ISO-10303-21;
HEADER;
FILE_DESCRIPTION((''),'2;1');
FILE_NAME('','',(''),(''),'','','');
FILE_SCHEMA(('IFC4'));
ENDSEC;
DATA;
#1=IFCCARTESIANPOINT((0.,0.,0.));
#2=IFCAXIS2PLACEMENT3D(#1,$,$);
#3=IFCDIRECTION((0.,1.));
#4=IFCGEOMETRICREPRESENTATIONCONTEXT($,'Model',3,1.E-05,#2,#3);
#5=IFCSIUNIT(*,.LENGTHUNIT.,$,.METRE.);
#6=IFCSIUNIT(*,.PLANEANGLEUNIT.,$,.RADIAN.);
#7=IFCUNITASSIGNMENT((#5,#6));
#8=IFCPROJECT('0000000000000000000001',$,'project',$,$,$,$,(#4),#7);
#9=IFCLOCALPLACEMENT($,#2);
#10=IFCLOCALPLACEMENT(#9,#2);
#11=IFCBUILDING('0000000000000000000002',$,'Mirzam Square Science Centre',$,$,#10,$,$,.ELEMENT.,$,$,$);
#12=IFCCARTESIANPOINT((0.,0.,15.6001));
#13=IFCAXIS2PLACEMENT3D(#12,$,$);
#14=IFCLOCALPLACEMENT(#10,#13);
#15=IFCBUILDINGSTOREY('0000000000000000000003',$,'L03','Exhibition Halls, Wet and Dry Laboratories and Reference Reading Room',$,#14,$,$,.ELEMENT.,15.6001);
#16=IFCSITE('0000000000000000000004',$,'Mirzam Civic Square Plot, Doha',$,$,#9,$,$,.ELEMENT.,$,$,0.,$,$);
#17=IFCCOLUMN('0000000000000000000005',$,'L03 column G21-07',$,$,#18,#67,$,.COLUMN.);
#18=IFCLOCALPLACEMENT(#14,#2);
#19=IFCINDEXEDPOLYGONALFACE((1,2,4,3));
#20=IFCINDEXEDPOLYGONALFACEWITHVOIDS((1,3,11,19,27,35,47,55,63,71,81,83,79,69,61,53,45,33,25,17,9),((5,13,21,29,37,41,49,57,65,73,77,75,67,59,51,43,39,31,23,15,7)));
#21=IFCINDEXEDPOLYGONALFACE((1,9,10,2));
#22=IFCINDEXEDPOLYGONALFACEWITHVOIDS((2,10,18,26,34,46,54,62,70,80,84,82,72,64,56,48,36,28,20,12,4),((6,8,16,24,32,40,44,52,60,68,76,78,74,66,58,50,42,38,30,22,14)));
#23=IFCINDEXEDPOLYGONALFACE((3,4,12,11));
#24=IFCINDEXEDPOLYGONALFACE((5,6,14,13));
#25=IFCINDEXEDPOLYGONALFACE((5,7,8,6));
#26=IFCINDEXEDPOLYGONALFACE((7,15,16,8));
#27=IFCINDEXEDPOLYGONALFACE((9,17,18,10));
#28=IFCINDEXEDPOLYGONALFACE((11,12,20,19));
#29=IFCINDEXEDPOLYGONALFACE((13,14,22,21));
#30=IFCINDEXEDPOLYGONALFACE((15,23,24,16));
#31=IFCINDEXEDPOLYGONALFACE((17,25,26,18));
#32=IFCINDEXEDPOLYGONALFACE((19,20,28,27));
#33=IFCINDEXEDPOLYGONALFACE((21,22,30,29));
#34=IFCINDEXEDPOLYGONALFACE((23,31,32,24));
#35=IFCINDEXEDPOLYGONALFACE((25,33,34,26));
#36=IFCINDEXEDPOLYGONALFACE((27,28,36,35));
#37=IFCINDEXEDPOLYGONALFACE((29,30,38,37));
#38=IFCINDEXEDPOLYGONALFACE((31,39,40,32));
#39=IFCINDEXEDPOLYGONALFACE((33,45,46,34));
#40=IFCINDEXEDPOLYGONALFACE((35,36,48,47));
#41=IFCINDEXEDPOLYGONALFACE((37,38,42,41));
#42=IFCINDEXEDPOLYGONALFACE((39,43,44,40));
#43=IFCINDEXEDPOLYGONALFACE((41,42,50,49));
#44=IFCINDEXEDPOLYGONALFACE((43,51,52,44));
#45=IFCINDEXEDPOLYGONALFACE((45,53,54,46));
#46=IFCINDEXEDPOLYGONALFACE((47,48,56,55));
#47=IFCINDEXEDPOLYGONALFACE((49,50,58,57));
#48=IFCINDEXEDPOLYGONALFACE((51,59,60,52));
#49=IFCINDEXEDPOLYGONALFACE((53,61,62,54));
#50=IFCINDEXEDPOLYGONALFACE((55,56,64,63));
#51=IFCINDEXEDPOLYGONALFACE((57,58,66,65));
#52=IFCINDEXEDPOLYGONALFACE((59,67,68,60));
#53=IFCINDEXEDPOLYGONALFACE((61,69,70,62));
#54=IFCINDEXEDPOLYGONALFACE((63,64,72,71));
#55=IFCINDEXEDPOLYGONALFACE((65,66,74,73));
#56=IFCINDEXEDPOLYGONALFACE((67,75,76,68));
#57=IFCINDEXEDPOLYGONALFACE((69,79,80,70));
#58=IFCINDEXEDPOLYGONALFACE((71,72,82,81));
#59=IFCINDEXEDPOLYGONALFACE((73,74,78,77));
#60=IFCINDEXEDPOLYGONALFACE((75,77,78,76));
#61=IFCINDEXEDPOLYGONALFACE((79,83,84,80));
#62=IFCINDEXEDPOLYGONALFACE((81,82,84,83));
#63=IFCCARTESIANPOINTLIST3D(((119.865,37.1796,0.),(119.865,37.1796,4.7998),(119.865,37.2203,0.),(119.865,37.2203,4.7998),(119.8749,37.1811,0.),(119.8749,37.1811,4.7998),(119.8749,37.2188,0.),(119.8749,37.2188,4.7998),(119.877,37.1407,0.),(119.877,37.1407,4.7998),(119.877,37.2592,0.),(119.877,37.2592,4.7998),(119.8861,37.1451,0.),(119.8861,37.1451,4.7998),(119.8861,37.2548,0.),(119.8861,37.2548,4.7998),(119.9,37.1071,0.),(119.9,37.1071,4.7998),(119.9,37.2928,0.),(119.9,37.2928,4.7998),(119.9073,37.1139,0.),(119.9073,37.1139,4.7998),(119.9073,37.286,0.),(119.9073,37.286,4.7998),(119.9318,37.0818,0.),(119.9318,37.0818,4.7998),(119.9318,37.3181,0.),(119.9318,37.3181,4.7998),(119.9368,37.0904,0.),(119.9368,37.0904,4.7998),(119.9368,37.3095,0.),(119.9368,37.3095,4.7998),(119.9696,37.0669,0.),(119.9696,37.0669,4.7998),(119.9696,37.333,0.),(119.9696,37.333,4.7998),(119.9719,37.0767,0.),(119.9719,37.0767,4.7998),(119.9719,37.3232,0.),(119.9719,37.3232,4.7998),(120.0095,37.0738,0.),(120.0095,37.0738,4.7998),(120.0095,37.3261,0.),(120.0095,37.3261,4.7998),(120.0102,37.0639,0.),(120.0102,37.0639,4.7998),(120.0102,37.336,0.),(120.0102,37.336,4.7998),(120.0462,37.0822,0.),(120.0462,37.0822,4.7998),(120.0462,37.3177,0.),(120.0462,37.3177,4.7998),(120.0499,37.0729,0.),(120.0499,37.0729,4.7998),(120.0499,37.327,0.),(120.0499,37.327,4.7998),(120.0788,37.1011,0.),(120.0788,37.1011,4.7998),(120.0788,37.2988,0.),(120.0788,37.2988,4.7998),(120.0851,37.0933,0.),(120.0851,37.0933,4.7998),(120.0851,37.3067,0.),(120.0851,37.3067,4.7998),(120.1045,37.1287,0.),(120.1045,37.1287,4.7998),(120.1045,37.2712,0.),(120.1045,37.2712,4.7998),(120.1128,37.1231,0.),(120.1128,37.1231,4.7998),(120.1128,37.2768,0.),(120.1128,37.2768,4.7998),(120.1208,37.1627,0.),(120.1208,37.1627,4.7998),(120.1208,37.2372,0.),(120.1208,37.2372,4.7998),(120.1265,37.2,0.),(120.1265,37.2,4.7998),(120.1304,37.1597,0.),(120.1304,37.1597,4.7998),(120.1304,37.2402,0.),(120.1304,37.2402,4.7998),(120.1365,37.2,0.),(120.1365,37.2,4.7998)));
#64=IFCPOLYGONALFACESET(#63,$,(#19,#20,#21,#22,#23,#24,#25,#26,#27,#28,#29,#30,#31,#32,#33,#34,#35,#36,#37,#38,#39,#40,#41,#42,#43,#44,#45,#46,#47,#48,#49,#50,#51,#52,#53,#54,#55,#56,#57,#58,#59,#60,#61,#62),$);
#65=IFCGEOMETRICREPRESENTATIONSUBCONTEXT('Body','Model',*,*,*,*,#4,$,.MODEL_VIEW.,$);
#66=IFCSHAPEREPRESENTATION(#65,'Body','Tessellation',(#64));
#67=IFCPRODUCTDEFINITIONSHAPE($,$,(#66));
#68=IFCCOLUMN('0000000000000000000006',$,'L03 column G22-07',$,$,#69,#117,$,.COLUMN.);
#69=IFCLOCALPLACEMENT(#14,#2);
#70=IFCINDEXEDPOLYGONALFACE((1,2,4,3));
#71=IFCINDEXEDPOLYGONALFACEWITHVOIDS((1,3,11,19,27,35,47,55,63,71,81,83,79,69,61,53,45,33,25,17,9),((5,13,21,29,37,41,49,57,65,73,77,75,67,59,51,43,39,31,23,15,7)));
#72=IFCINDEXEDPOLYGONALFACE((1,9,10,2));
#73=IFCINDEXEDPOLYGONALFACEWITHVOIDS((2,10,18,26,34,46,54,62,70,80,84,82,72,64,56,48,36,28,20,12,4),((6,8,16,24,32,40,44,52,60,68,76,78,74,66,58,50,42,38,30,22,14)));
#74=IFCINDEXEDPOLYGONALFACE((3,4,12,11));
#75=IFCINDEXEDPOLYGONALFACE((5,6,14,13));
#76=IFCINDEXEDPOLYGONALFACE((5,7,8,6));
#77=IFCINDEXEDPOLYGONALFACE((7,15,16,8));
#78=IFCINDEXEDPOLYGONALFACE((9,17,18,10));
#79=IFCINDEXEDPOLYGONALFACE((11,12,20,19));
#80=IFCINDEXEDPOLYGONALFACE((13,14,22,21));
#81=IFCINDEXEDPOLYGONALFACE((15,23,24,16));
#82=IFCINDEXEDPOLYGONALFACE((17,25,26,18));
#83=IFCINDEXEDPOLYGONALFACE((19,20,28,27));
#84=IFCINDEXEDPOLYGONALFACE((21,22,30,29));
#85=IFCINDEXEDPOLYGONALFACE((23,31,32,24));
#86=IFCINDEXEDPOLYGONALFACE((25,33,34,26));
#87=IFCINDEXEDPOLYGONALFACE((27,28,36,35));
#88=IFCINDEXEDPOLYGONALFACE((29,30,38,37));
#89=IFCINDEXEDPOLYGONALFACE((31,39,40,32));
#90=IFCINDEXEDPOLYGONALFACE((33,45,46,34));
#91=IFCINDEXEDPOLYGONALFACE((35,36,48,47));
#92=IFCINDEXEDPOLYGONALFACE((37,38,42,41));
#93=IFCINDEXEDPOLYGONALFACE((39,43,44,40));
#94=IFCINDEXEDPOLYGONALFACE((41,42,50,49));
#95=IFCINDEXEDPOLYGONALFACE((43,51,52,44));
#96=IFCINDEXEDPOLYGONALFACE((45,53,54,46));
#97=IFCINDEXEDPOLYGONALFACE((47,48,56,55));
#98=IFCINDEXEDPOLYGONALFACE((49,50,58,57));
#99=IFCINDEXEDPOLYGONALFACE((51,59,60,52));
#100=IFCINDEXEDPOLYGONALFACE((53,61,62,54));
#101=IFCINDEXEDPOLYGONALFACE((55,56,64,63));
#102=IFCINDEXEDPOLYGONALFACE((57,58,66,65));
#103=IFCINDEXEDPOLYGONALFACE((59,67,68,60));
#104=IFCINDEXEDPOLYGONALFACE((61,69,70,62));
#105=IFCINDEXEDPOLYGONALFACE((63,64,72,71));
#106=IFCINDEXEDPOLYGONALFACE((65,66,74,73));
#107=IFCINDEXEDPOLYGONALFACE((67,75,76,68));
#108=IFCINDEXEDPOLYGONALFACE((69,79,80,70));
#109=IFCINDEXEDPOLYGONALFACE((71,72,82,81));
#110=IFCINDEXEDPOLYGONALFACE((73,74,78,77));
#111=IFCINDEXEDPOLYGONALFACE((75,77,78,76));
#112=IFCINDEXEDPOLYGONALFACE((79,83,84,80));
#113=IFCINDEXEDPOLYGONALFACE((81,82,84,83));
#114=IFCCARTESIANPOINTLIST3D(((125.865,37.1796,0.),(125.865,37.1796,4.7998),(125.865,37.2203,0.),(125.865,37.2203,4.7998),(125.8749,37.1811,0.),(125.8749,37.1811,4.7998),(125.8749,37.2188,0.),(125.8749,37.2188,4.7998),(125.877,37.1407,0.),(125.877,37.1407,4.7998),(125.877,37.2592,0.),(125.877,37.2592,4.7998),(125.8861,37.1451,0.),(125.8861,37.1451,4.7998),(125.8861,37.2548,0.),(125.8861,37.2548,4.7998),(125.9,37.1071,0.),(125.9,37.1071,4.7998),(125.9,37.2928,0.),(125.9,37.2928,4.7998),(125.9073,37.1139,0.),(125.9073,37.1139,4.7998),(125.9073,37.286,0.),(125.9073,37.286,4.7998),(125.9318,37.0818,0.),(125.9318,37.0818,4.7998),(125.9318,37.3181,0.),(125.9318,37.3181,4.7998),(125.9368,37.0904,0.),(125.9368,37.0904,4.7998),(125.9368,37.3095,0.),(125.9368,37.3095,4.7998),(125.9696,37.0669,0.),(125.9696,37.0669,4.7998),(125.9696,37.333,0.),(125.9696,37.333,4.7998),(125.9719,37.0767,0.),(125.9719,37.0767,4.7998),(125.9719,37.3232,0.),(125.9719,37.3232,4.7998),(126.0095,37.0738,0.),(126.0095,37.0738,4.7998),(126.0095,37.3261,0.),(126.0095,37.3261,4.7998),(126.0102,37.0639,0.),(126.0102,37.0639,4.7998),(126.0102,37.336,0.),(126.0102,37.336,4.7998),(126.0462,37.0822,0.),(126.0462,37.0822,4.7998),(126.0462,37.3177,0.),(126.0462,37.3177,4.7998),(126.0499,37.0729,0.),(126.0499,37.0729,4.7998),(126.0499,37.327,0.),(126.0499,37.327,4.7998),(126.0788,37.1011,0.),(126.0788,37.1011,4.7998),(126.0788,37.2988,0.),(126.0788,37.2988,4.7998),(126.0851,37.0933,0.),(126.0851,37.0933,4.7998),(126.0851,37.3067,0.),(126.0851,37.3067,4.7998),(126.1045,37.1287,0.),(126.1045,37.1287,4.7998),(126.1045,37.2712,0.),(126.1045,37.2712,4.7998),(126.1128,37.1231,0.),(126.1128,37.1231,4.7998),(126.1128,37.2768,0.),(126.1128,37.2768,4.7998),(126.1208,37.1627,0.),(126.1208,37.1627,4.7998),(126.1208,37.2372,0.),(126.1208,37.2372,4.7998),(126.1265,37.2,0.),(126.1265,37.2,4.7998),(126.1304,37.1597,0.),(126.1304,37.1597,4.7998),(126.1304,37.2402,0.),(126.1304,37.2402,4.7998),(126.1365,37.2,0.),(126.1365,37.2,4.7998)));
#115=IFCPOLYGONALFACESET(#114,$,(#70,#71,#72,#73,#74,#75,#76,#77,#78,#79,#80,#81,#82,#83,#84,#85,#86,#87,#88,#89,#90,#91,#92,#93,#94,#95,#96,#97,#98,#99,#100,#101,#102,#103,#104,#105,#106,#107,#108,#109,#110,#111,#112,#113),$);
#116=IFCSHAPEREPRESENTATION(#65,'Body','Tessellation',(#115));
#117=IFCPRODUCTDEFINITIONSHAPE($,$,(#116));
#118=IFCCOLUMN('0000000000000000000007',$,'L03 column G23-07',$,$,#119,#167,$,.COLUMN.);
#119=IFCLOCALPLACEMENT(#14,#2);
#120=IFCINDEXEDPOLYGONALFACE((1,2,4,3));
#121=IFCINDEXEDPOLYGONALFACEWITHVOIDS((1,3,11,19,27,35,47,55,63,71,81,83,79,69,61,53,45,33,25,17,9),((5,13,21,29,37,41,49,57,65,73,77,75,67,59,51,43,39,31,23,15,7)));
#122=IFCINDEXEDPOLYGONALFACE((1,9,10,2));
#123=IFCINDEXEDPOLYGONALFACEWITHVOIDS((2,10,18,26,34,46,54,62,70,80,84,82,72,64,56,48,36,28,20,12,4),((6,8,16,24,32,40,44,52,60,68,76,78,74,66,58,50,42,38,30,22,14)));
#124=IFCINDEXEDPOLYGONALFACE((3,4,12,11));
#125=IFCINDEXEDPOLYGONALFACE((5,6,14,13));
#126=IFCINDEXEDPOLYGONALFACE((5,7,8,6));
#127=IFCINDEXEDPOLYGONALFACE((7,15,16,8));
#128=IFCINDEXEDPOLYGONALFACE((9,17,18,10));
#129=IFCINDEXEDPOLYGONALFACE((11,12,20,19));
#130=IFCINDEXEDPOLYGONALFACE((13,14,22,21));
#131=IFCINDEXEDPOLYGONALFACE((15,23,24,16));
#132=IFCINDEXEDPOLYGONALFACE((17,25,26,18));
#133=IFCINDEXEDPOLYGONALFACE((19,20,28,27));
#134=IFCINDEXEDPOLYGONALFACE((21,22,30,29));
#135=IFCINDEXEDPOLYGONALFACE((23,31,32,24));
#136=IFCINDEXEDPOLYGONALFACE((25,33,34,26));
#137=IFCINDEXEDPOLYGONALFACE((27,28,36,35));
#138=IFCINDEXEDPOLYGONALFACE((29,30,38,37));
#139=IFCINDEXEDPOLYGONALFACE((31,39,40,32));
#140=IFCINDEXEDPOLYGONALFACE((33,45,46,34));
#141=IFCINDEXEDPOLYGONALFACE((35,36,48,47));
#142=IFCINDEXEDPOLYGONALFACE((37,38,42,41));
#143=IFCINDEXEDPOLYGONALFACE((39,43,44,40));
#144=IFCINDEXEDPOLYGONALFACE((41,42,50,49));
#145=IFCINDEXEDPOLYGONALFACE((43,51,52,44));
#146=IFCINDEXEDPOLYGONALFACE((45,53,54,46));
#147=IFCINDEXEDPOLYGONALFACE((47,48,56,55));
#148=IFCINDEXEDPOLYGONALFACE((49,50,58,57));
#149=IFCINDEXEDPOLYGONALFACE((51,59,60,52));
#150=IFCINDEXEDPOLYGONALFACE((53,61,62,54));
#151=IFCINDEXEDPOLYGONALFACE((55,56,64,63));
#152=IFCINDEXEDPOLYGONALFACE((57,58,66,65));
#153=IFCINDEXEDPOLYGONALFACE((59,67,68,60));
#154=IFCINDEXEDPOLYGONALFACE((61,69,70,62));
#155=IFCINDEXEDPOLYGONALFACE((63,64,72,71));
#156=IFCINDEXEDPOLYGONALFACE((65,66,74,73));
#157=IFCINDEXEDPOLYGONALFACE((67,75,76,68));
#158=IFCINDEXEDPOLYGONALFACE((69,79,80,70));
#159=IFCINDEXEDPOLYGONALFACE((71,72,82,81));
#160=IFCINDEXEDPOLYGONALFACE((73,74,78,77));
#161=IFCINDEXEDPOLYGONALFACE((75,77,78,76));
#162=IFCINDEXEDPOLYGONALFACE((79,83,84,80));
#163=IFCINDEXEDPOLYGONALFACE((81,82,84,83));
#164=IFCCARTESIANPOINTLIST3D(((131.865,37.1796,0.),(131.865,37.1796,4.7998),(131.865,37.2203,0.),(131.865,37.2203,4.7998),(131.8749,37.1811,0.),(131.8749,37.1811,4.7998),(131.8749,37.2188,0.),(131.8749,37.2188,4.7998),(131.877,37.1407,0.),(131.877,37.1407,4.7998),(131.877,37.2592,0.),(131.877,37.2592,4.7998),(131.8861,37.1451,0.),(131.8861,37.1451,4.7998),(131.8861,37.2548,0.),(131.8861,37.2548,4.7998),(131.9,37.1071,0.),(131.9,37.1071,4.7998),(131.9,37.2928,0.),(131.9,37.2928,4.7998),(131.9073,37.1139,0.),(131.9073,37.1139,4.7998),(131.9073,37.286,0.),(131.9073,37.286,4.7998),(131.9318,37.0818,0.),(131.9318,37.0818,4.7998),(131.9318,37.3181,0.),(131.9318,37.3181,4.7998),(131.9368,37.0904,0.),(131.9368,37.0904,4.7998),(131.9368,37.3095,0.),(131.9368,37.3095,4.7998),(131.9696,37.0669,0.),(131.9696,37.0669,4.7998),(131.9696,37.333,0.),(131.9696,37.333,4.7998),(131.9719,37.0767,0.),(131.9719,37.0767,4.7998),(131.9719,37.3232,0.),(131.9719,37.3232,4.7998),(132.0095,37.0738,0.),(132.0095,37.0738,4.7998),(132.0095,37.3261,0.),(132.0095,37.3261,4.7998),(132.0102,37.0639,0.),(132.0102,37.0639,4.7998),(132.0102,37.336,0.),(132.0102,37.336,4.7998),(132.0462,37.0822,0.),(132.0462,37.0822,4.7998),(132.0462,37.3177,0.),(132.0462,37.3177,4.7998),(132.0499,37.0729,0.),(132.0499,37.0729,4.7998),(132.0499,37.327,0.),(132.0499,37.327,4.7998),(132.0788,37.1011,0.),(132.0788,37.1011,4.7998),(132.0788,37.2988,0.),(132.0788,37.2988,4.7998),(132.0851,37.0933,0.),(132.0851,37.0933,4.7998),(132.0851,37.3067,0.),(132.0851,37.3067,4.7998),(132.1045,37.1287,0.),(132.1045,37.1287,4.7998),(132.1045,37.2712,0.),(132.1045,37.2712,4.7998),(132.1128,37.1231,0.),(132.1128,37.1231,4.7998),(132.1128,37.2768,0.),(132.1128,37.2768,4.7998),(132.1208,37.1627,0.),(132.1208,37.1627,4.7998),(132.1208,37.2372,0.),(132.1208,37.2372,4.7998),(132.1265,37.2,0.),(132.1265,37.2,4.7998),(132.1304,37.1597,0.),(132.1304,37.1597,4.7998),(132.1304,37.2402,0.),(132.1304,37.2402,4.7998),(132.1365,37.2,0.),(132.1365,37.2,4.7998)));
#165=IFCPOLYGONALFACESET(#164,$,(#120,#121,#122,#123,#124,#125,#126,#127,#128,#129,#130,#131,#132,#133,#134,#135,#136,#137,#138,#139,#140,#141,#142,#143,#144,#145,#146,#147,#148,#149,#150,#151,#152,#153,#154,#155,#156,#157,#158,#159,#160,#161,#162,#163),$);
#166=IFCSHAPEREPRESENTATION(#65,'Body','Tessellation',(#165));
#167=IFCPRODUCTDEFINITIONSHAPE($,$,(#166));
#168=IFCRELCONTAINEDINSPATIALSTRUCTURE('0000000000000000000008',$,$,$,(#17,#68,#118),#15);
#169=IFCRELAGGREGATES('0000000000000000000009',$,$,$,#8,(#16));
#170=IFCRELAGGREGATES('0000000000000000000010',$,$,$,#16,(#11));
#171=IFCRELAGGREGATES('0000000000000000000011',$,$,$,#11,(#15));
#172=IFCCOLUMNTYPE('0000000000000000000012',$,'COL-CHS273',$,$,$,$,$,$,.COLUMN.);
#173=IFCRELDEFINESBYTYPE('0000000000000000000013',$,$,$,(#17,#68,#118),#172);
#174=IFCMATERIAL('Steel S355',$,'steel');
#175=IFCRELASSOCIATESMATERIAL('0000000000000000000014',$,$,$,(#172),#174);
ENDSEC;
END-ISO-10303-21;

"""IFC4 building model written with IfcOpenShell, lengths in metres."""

from ifc_helpers import new_model, si_unit, direction, frame, origin, origin_2d, place, context, subcontext, project, spatial, hollow_circle, extrude, material, material_profile, profile_set, type_object, element, save


model = new_model("IFC4")

# Units and contexts
model_context = context("Model", 3, precision=1e-05, world=origin(), true_north=direction((0.0, 1.0)))
body_context = subcontext(model_context, "Body", "Model", "MODEL_VIEW")
ifc_project = project(units=[si_unit("LENGTHUNIT", "METRE"), si_unit("PLANEANGLEUNIT", "RADIAN")], contexts=[model_context])

# Site, building, storey
site_placement = place(None, origin())
site = spatial("IfcSite", under=ifc_project, at=site_placement, Name="Mirzam Civic Square Plot, Doha", CompositionType="ELEMENT", RefElevation=0.0)
building_placement = place(site_placement, origin())
building = spatial("IfcBuilding", under=site, at=building_placement, Name="Mirzam Square Science Centre", CompositionType="ELEMENT")
storey_placement = place(building_placement, frame((0.0, 0.0, 15.6001)))
storey = spatial("IfcBuildingStorey", under=building, at=storey_placement, Name="L03", Description="Exhibition Halls, Wet and Dry Laboratories and Reference Reading Room", CompositionType="ELEMENT", Elevation=15.6001)

# Columns
ifc_material_1 = material(Name="Steel S355", Category="steel")
ifc_material_profile_1 = material_profile(ifc_material_1, hollow_circle(Radius=0.1365, WallThickness=0.01, at=origin_2d()), Name="273.0x10.0CHS")
ifc_profile_set_1 = profile_set([ifc_material_profile_1], Name="Steel S355")
column_type = type_object("IfcColumnType", Name="COL-CHS273", PredefinedType="COLUMN", material=ifc_profile_set_1)
for number, where, z_axis, x_axis, name in (
    (1, (120.0, 37.2, 0.0), (0.0, 0.0, 1.0), (1.0, 0.0, 0.0), "L03 column G21-07"),
    (2, (126.0, 37.2, 0.0), (0.0, 0.0, 1.0), (1.0, 0.0, 0.0), "L03 column G22-07"),
    (3, (132.0, 37.2, 0.0), (0.0, 0.0, 1.0), (1.0, 0.0, 0.0), "L03 column G23-07"),
):
    element("IfcColumn", number, at=place(storey_placement, frame(where, z_axis=z_axis, x_axis=x_axis)), inside=storey, type_object=column_type, Name=name, PredefinedType="COLUMN", context=body_context, shape_type="SweptSolid", body=[
        extrude(hollow_circle(Radius=0.1365, WallThickness=0.01, at=origin_2d()), origin(), (0.0, 0.0, 1.0), 4.7998),
    ])

save(model, "model.ifc")
